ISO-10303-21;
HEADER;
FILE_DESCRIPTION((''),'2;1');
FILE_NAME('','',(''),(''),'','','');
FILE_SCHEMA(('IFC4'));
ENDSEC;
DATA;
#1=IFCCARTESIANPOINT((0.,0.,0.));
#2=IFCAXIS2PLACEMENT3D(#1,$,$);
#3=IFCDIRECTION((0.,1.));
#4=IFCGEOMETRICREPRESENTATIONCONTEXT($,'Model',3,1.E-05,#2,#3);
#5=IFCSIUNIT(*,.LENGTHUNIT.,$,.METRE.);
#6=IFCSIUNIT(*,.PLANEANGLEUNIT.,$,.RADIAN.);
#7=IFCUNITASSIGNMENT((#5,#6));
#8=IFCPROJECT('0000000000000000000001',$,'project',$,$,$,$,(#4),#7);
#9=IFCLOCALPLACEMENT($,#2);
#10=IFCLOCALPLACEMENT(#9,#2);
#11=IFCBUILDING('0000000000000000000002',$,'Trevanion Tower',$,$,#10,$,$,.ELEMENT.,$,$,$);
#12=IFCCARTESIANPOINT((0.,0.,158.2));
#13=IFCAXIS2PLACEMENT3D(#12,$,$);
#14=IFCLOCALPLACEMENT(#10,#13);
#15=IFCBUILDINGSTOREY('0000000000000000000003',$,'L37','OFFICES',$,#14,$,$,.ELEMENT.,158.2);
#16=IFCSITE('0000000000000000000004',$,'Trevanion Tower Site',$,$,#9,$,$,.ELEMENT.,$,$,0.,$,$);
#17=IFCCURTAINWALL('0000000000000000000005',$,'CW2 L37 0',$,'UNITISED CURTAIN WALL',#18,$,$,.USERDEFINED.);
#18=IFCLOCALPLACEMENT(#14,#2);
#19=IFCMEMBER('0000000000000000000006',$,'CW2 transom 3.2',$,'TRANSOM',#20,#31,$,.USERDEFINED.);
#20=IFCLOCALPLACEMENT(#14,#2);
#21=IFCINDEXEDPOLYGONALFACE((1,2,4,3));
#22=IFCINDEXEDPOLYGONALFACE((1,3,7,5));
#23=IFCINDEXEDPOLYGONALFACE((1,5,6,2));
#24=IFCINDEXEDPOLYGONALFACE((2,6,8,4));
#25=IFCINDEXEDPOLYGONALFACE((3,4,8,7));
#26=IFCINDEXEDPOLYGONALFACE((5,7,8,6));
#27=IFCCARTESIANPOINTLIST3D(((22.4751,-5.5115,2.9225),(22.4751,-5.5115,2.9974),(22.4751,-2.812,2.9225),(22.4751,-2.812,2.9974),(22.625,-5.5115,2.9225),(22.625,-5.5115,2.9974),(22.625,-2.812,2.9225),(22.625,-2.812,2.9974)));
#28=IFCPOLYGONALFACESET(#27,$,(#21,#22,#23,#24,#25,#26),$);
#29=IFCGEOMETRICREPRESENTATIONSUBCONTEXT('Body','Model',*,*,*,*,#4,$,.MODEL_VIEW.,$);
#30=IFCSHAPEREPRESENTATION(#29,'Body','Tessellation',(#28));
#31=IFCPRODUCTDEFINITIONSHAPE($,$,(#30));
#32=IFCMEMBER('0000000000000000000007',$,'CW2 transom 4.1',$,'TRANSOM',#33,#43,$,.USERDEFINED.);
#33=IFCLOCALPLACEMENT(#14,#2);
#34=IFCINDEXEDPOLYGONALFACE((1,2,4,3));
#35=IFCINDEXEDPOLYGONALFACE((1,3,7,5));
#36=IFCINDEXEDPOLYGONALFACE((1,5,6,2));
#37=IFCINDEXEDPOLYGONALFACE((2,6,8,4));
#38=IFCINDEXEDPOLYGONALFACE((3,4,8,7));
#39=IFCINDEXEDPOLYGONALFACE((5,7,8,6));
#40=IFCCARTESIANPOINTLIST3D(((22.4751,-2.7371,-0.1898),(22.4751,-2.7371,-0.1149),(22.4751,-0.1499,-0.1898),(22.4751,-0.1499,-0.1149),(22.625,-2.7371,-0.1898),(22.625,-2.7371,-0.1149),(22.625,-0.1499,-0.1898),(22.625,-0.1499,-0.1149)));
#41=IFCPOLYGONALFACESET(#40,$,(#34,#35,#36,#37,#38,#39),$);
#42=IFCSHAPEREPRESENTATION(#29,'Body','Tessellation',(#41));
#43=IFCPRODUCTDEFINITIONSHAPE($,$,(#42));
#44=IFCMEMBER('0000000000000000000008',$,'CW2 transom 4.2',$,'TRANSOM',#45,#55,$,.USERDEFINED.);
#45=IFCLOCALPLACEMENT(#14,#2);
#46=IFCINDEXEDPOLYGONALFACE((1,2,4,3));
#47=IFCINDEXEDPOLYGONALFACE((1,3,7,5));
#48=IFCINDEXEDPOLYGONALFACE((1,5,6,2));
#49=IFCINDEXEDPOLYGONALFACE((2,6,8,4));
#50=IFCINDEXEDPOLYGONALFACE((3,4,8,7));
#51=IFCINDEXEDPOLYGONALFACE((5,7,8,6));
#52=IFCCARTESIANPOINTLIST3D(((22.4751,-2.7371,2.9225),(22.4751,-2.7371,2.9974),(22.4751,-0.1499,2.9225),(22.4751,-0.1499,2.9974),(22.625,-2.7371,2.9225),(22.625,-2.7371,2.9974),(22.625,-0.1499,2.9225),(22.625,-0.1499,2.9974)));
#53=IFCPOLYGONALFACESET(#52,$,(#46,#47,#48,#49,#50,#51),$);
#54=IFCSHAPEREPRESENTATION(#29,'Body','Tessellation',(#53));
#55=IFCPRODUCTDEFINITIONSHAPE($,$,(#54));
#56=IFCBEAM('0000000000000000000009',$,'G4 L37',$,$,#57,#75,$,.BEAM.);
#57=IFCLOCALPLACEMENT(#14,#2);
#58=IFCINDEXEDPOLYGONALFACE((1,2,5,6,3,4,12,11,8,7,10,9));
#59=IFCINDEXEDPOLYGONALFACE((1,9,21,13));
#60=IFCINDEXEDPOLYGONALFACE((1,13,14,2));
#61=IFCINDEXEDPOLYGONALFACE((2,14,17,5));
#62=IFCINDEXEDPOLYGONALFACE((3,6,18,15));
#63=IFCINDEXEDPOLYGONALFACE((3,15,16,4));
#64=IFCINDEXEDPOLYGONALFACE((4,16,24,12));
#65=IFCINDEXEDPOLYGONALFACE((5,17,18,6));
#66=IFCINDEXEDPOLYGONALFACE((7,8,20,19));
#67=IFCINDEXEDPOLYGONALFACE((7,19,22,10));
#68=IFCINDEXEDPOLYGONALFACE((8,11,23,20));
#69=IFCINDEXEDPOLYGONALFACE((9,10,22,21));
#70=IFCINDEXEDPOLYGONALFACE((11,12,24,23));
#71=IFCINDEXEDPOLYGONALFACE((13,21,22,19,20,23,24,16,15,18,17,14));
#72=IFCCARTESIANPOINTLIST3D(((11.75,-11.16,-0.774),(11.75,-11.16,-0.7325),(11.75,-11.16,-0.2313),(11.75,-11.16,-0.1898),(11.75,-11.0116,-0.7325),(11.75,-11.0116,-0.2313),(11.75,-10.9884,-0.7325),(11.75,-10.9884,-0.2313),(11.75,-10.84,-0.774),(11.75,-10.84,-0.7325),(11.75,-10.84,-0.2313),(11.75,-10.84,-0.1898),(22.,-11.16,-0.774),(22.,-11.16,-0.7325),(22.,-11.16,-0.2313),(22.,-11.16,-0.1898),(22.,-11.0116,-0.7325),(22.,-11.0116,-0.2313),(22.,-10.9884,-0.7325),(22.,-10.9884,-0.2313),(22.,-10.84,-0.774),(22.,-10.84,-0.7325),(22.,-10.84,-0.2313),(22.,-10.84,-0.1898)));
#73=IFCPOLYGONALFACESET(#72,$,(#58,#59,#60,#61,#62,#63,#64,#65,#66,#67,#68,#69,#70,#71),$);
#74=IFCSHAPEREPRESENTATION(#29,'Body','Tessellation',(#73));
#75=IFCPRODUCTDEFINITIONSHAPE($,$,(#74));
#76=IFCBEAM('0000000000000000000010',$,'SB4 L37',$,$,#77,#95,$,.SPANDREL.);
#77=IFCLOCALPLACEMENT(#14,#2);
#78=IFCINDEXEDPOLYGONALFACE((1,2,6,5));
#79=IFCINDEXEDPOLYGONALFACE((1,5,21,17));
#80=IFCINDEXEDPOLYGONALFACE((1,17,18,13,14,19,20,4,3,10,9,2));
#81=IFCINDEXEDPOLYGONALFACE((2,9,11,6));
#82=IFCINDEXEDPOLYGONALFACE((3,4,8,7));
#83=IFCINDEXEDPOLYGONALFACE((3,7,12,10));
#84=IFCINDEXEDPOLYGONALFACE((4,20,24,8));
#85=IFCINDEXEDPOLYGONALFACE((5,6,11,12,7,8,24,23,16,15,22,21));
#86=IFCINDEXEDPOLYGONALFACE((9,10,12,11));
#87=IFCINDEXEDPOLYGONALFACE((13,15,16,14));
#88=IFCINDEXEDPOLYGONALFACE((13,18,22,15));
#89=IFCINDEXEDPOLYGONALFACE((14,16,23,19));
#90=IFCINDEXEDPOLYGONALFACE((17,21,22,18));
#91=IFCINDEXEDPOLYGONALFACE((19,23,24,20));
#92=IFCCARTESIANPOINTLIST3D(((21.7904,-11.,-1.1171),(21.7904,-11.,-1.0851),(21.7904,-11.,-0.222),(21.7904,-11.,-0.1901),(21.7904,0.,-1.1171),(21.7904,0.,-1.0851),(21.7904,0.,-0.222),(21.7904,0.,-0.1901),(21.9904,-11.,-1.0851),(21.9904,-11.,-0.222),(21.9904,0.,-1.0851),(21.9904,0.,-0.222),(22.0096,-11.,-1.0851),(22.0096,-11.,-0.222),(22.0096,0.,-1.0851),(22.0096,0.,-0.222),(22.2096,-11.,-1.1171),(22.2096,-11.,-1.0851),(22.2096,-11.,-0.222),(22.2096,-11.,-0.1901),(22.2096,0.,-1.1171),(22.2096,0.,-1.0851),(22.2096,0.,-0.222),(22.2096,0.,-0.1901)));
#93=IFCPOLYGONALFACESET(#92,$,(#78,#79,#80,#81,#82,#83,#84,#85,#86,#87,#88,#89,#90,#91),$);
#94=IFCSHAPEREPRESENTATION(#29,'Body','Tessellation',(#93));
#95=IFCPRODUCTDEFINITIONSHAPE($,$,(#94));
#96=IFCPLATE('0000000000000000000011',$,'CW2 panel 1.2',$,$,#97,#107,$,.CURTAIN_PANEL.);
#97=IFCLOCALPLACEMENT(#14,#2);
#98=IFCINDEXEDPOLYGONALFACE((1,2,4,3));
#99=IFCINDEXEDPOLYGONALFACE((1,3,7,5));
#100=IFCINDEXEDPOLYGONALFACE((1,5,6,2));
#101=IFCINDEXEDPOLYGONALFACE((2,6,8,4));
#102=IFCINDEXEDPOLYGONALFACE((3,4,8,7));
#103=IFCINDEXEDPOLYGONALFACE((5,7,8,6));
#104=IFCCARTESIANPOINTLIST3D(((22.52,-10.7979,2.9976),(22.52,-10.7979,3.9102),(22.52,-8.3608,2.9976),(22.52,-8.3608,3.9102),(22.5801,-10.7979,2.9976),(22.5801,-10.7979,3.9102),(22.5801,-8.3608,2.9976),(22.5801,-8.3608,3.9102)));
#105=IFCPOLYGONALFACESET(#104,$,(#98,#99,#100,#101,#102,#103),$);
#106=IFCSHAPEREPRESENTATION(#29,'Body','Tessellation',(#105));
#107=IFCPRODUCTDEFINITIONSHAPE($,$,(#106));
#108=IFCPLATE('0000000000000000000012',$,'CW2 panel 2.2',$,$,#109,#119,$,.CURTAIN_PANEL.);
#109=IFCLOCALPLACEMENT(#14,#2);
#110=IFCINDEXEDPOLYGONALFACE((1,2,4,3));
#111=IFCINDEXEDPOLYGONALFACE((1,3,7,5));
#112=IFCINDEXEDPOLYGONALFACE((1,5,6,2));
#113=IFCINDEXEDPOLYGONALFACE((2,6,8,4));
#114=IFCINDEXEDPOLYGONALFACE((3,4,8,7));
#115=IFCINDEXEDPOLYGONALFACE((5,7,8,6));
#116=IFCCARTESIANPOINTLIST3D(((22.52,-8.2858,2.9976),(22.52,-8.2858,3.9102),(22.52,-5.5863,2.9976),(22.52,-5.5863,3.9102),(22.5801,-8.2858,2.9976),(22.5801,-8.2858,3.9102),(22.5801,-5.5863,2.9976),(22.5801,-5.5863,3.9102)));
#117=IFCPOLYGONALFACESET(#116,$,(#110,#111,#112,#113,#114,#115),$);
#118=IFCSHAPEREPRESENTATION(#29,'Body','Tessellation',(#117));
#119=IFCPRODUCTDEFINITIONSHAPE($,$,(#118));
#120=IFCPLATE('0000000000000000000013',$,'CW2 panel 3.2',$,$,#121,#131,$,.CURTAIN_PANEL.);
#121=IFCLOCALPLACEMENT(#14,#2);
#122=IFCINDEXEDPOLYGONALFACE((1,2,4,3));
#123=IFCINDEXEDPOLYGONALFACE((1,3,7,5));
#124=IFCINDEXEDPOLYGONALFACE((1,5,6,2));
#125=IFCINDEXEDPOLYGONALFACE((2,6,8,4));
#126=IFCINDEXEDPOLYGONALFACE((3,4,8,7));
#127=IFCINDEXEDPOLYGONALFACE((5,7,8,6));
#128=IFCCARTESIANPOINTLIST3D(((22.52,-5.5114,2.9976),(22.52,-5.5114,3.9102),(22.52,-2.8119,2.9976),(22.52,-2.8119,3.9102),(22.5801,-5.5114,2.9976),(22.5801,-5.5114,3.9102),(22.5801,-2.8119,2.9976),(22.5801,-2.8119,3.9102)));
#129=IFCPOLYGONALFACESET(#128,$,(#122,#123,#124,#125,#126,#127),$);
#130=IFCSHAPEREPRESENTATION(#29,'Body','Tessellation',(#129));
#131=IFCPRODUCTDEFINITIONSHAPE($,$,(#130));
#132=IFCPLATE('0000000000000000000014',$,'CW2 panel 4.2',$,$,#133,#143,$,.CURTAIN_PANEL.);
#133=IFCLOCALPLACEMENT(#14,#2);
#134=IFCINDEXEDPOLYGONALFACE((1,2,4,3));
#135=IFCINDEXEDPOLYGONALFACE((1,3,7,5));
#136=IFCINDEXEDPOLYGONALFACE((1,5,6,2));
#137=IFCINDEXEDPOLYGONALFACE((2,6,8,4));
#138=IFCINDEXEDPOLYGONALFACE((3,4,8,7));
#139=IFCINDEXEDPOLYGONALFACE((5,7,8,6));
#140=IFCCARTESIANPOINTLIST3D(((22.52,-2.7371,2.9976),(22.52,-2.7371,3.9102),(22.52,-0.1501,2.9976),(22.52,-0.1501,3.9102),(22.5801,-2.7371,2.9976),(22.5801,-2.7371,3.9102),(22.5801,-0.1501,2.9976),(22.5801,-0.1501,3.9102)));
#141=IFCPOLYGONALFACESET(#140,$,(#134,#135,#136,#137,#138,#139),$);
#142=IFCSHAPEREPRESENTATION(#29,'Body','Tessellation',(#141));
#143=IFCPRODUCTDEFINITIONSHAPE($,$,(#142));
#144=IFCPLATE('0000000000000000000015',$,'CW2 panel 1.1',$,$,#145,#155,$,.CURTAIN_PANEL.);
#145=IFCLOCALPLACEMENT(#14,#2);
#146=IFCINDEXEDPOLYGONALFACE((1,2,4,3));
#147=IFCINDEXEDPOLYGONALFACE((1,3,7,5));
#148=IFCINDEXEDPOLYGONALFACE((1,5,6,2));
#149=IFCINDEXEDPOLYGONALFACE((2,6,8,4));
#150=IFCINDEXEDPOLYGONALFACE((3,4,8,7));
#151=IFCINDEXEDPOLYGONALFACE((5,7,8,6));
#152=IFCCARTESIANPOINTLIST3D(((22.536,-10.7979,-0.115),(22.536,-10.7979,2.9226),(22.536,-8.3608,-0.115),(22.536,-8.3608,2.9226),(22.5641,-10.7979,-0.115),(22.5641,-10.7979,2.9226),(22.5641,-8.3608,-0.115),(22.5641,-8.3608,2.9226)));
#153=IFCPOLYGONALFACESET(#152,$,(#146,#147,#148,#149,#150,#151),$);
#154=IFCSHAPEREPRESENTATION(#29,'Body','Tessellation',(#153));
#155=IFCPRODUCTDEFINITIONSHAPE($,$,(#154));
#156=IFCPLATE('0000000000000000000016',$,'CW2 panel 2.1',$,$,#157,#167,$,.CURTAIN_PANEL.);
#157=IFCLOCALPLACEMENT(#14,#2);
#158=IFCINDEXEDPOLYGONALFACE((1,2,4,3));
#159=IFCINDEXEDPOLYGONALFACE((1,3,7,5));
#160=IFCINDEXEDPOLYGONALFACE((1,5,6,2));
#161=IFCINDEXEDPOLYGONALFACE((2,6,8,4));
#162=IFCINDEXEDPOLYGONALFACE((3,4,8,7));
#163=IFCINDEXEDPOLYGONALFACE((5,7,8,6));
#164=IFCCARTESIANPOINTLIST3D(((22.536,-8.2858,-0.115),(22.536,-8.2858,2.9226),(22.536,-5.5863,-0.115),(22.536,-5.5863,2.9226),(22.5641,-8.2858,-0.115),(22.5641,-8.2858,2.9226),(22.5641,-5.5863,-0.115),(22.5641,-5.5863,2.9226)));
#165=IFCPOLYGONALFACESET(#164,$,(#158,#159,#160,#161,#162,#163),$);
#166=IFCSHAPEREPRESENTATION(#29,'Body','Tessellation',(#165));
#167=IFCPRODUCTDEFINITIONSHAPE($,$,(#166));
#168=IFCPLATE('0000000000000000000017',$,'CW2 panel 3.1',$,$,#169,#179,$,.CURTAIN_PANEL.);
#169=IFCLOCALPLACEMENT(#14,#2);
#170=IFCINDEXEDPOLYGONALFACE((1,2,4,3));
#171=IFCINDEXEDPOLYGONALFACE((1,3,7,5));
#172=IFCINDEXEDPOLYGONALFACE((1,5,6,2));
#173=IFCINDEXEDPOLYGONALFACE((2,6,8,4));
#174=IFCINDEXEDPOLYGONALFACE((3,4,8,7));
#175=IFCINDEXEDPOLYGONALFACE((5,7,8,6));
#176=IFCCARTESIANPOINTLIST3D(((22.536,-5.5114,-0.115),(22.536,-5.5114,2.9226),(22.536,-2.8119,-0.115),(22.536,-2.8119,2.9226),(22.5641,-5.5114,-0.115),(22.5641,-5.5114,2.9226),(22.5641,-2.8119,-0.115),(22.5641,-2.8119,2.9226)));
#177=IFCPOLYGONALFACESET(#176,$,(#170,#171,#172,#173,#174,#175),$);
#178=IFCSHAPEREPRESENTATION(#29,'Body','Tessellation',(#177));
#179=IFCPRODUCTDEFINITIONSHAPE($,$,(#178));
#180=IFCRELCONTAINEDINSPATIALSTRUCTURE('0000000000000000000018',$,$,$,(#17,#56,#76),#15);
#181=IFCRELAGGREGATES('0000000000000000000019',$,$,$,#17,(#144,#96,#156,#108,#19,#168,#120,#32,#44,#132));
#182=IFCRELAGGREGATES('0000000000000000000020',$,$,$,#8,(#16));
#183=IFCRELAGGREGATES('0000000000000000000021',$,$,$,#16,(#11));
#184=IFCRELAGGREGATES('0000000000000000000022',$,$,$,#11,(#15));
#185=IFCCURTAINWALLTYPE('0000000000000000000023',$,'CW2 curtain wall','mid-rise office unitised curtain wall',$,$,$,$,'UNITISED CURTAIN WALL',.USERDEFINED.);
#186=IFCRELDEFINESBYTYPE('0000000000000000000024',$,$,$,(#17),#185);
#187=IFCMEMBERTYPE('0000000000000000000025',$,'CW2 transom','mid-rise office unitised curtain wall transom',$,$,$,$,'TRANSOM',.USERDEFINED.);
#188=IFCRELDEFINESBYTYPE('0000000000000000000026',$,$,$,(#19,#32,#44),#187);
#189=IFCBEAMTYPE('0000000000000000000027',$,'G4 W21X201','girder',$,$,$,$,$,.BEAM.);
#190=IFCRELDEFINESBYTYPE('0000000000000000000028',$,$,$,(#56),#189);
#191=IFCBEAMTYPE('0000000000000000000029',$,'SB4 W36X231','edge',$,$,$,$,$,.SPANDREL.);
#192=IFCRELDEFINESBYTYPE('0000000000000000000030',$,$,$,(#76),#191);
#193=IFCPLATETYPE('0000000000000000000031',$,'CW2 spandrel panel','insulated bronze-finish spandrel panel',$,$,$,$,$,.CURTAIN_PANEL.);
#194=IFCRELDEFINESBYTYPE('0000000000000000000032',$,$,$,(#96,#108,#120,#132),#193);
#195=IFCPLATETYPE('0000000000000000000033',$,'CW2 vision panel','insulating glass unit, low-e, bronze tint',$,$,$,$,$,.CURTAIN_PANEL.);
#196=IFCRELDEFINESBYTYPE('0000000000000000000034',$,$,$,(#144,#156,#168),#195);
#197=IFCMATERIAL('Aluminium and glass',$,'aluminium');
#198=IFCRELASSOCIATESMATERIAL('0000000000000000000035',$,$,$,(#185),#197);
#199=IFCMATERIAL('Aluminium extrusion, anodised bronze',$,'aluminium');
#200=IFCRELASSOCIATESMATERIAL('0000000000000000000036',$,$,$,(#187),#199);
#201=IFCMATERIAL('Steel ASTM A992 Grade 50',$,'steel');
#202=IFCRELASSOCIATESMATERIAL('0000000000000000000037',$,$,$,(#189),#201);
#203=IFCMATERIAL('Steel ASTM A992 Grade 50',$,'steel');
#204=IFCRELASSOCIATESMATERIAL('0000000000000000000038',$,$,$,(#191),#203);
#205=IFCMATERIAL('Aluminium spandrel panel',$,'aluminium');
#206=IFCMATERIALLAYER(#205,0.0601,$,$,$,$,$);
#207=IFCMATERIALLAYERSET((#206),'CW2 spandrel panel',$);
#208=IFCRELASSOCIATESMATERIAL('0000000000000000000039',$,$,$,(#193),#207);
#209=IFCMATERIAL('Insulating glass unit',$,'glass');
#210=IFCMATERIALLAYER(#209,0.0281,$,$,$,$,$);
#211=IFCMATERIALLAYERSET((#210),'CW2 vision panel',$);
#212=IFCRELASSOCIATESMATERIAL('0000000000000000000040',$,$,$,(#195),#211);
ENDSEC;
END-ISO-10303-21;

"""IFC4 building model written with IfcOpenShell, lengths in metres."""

from ifc_helpers import new_model, si_unit, direction, frame, origin, origin_2d, place, context, subcontext, project, spatial, rectangle, i_section, extrude, material, layer, layer_set, material_profile, profile_set, type_object, element, aggregate, save


model = new_model("IFC4")

# Units and contexts
model_context = context("Model", 3, precision=1e-05, world=origin(), true_north=direction((0.0, 1.0)))
body_context = subcontext(model_context, "Body", "Model", "MODEL_VIEW")
ifc_project = project(units=[si_unit("LENGTHUNIT", "METRE"), si_unit("PLANEANGLEUNIT", "RADIAN")], contexts=[model_context])

# Site, building, storey
site_placement = place(None, origin())
site = spatial("IfcSite", under=ifc_project, at=site_placement, Name="Trevanion Tower Site", CompositionType="ELEMENT", RefElevation=0.0)
building_placement = place(site_placement, origin())
building = spatial("IfcBuilding", under=site, at=building_placement, Name="Trevanion Tower", CompositionType="ELEMENT")
storey_placement = place(building_placement, frame((0.0, 0.0, 158.2)))
storey = spatial("IfcBuildingStorey", under=building, at=storey_placement, Name="L37", Description="OFFICES", CompositionType="ELEMENT", Elevation=158.2)

# Curtain wall, members
ifc_material_1 = material(Name="Aluminium and glass", Category="aluminium")
curtain_wall_type = type_object("IfcCurtainWallType", Name="CW2 curtain wall", Description="mid-rise office unitised curtain wall", ElementType="UNITISED CURTAIN WALL", PredefinedType="USERDEFINED", material=ifc_material_1)
curtain_wall_placement = place(storey_placement, origin())
curtain_wall = element("IfcCurtainWall", 1, at=curtain_wall_placement, inside=storey, type_object=curtain_wall_type, Name="CW2 L37 0", ObjectType="UNITISED CURTAIN WALL", PredefinedType="USERDEFINED")
ifc_material_2 = material(Name="Aluminium extrusion, anodised bronze", Category="aluminium")
ifc_material_profile_1 = material_profile(ifc_material_2, rectangle(XDim=0.1499, YDim=0.075, at=origin_2d()), Name="CW2 transom")
ifc_profile_set_1 = profile_set([ifc_material_profile_1], Name="Aluminium extrusion, anodised bronze")
member_type_1 = type_object("IfcMemberType", Name="CW2 transom", Description="mid-rise office unitised curtain wall transom", ElementType="TRANSOM", PredefinedType="USERDEFINED", material=ifc_profile_set_1)
member_1_placement = place(storey_placement, frame((22.55, -5.5115, 2.96), z_axis=(0.0, 1.0, 0.0), x_axis=(-1.0, 0.0, 0.0)))
member_1 = element("IfcMember", 2, at=member_1_placement, type_object=member_type_1, Name="CW2 transom 3.2", ObjectType="TRANSOM", PredefinedType="USERDEFINED", context=body_context, shape_type="SweptSolid", body=[
    extrude(rectangle(XDim=0.1499, YDim=0.075, at=origin_2d()), origin(), (0.0, 0.0, 1.0), 2.6995),
])
member_2_placement = place(storey_placement, frame((22.55, -2.7371, -0.1523), z_axis=(0.0, 1.0, 0.0), x_axis=(-1.0, 0.0, 0.0)))
member_2 = element("IfcMember", 3, at=member_2_placement, type_object=member_type_1, Name="CW2 transom 4.1", ObjectType="TRANSOM", PredefinedType="USERDEFINED", context=body_context, shape_type="SweptSolid", body=[
    extrude(rectangle(XDim=0.1499, YDim=0.075, at=origin_2d()), origin(), (0.0, 0.0, 1.0), 2.5872),
])
member_3_placement = place(storey_placement, frame((22.55, -2.7371, 2.96), z_axis=(0.0, 1.0, 0.0), x_axis=(-1.0, 0.0, 0.0)))
member_3 = element("IfcMember", 4, at=member_3_placement, type_object=member_type_1, Name="CW2 transom 4.2", ObjectType="TRANSOM", PredefinedType="USERDEFINED", context=body_context, shape_type="SweptSolid", body=[
    extrude(rectangle(XDim=0.1499, YDim=0.075, at=origin_2d()), origin(), (0.0, 0.0, 1.0), 2.5872),
])

# Beams
ifc_material_3 = material(Name="Steel ASTM A992 Grade 50", Category="steel")
ifc_material_profile_2 = material_profile(ifc_material_3, i_section(OverallWidth=0.3201, OverallDepth=0.5842, WebThickness=0.0232, FlangeThickness=0.0415, at=origin_2d()), Name="W21X201")
ifc_profile_set_2 = profile_set([ifc_material_profile_2], Name="Steel ASTM A992 Grade 50")
beam_type_1 = type_object("IfcBeamType", Name="G4 W21X201", Description="girder", PredefinedType="BEAM", material=ifc_profile_set_2)
beam_1_placement = place(storey_placement, frame((11.75, -11.0, -0.4819), z_axis=(1.0, 0.0, 0.0), x_axis=(0.0, 1.0, 0.0)))
element("IfcBeam", 5, at=beam_1_placement, inside=storey, type_object=beam_type_1, Name="G4 L37", PredefinedType="BEAM", context=body_context, shape_type="SweptSolid", body=[
    extrude(i_section(OverallWidth=0.3201, OverallDepth=0.5842, WebThickness=0.0232, FlangeThickness=0.0415, at=origin_2d()), origin(), (0.0, 0.0, 1.0), 10.25),
])
ifc_material_4 = material(Name="Steel ASTM A992 Grade 50", Category="steel")
ifc_material_profile_3 = material_profile(ifc_material_4, i_section(OverallWidth=0.4192, OverallDepth=0.927, WebThickness=0.0193, FlangeThickness=0.032, at=origin_2d()), Name="W36X231")
ifc_profile_set_3 = profile_set([ifc_material_profile_3], Name="Steel ASTM A992 Grade 50")
beam_type_2 = type_object("IfcBeamType", Name="SB4 W36X231", Description="edge", PredefinedType="SPANDREL", material=ifc_profile_set_3)
beam_2_placement = place(storey_placement, frame((22.0, -11.0, -0.6536), z_axis=(0.0, 1.0, 0.0), x_axis=(-1.0, 0.0, 0.0)))
element("IfcBeam", 6, at=beam_2_placement, inside=storey, type_object=beam_type_2, Name="SB4 L37", PredefinedType="SPANDREL", context=body_context, shape_type="SweptSolid", body=[
    extrude(i_section(OverallWidth=0.4192, OverallDepth=0.927, WebThickness=0.0193, FlangeThickness=0.032, at=origin_2d()), origin(), (0.0, 0.0, 1.0), 11.0),
])

# Plates
ifc_material_5 = material(Name="Aluminium spandrel panel", Category="aluminium")
ifc_layer_1 = layer(ifc_material_5, 0.0601)
ifc_layer_set_1 = layer_set([ifc_layer_1], Name="CW2 spandrel panel")
plate_type_1 = type_object("IfcPlateType", Name="CW2 spandrel panel", Description="insulated bronze-finish spandrel panel", PredefinedType="CURTAIN_PANEL", material=ifc_layer_set_1)
plate_1_placement = place(storey_placement, frame((22.55, -9.5793, 2.9976), z_axis=(0.0, 0.0, 1.0), x_axis=(0.0, 1.0, 0.0)))
plate_1 = element("IfcPlate", 7, at=plate_1_placement, type_object=plate_type_1, Name="CW2 panel 1.2", PredefinedType="CURTAIN_PANEL", context=body_context, shape_type="SweptSolid", body=[
    extrude(rectangle(XDim=2.437, YDim=0.0601, at=origin_2d()), origin(), (0.0, 0.0, 1.0), 0.9126),
])
plate_2_placement = place(storey_placement, frame((22.55, -6.936, 2.9976), z_axis=(0.0, 0.0, 1.0), x_axis=(0.0, 1.0, 0.0)))
plate_2 = element("IfcPlate", 8, at=plate_2_placement, type_object=plate_type_1, Name="CW2 panel 2.2", PredefinedType="CURTAIN_PANEL", context=body_context, shape_type="SweptSolid", body=[
    extrude(rectangle(XDim=2.6995, YDim=0.0601, at=origin_2d()), origin(), (0.0, 0.0, 1.0), 0.9126),
])
plate_3_placement = place(storey_placement, frame((22.55, -4.1616, 2.9976), z_axis=(0.0, 0.0, 1.0), x_axis=(0.0, 1.0, 0.0)))
plate_3 = element("IfcPlate", 9, at=plate_3_placement, type_object=plate_type_1, Name="CW2 panel 3.2", PredefinedType="CURTAIN_PANEL", context=body_context, shape_type="SweptSolid", body=[
    extrude(rectangle(XDim=2.6995, YDim=0.0601, at=origin_2d()), origin(), (0.0, 0.0, 1.0), 0.9126),
])
plate_4_placement = place(storey_placement, frame((22.55, -1.4436, 2.9976), z_axis=(0.0, 0.0, 1.0), x_axis=(0.0, 1.0, 0.0)))
plate_4 = element("IfcPlate", 10, at=plate_4_placement, type_object=plate_type_1, Name="CW2 panel 4.2", PredefinedType="CURTAIN_PANEL", context=body_context, shape_type="SweptSolid", body=[
    extrude(rectangle(XDim=2.5869, YDim=0.0601, at=origin_2d()), origin(), (0.0, 0.0, 1.0), 0.9126),
])
ifc_material_6 = material(Name="Insulating glass unit", Category="glass")
ifc_layer_2 = layer(ifc_material_6, 0.0281)
ifc_layer_set_2 = layer_set([ifc_layer_2], Name="CW2 vision panel")
plate_type_2 = type_object("IfcPlateType", Name="CW2 vision panel", Description="insulating glass unit, low-e, bronze tint", PredefinedType="CURTAIN_PANEL", material=ifc_layer_set_2)
plate_5_placement = place(storey_placement, frame((22.55, -9.5793, -0.115), z_axis=(0.0, 0.0, 1.0), x_axis=(0.0, 1.0, 0.0)))
plate_5 = element("IfcPlate", 11, at=plate_5_placement, type_object=plate_type_2, Name="CW2 panel 1.1", PredefinedType="CURTAIN_PANEL", context=body_context, shape_type="SweptSolid", body=[
    extrude(rectangle(XDim=2.437, YDim=0.0281, at=origin_2d()), origin(), (0.0, 0.0, 1.0), 3.0376),
])
plate_6_placement = place(storey_placement, frame((22.55, -6.936, -0.115), z_axis=(0.0, 0.0, 1.0), x_axis=(0.0, 1.0, 0.0)))
plate_6 = element("IfcPlate", 12, at=plate_6_placement, type_object=plate_type_2, Name="CW2 panel 2.1", PredefinedType="CURTAIN_PANEL", context=body_context, shape_type="SweptSolid", body=[
    extrude(rectangle(XDim=2.6995, YDim=0.0281, at=origin_2d()), origin(), (0.0, 0.0, 1.0), 3.0376),
])
plate_7_placement = place(storey_placement, frame((22.55, -4.1616, -0.115), z_axis=(0.0, 0.0, 1.0), x_axis=(0.0, 1.0, 0.0)))
plate_7 = element("IfcPlate", 13, at=plate_7_placement, type_object=plate_type_2, Name="CW2 panel 3.1", PredefinedType="CURTAIN_PANEL", context=body_context, shape_type="SweptSolid", body=[
    extrude(rectangle(XDim=2.6995, YDim=0.0281, at=origin_2d()), origin(), (0.0, 0.0, 1.0), 3.0376),
])
aggregate(curtain_wall, [plate_5, plate_1, plate_6, plate_2, member_1, plate_7, plate_3, member_2, member_3, plate_4])

save(model, "model.ifc")
